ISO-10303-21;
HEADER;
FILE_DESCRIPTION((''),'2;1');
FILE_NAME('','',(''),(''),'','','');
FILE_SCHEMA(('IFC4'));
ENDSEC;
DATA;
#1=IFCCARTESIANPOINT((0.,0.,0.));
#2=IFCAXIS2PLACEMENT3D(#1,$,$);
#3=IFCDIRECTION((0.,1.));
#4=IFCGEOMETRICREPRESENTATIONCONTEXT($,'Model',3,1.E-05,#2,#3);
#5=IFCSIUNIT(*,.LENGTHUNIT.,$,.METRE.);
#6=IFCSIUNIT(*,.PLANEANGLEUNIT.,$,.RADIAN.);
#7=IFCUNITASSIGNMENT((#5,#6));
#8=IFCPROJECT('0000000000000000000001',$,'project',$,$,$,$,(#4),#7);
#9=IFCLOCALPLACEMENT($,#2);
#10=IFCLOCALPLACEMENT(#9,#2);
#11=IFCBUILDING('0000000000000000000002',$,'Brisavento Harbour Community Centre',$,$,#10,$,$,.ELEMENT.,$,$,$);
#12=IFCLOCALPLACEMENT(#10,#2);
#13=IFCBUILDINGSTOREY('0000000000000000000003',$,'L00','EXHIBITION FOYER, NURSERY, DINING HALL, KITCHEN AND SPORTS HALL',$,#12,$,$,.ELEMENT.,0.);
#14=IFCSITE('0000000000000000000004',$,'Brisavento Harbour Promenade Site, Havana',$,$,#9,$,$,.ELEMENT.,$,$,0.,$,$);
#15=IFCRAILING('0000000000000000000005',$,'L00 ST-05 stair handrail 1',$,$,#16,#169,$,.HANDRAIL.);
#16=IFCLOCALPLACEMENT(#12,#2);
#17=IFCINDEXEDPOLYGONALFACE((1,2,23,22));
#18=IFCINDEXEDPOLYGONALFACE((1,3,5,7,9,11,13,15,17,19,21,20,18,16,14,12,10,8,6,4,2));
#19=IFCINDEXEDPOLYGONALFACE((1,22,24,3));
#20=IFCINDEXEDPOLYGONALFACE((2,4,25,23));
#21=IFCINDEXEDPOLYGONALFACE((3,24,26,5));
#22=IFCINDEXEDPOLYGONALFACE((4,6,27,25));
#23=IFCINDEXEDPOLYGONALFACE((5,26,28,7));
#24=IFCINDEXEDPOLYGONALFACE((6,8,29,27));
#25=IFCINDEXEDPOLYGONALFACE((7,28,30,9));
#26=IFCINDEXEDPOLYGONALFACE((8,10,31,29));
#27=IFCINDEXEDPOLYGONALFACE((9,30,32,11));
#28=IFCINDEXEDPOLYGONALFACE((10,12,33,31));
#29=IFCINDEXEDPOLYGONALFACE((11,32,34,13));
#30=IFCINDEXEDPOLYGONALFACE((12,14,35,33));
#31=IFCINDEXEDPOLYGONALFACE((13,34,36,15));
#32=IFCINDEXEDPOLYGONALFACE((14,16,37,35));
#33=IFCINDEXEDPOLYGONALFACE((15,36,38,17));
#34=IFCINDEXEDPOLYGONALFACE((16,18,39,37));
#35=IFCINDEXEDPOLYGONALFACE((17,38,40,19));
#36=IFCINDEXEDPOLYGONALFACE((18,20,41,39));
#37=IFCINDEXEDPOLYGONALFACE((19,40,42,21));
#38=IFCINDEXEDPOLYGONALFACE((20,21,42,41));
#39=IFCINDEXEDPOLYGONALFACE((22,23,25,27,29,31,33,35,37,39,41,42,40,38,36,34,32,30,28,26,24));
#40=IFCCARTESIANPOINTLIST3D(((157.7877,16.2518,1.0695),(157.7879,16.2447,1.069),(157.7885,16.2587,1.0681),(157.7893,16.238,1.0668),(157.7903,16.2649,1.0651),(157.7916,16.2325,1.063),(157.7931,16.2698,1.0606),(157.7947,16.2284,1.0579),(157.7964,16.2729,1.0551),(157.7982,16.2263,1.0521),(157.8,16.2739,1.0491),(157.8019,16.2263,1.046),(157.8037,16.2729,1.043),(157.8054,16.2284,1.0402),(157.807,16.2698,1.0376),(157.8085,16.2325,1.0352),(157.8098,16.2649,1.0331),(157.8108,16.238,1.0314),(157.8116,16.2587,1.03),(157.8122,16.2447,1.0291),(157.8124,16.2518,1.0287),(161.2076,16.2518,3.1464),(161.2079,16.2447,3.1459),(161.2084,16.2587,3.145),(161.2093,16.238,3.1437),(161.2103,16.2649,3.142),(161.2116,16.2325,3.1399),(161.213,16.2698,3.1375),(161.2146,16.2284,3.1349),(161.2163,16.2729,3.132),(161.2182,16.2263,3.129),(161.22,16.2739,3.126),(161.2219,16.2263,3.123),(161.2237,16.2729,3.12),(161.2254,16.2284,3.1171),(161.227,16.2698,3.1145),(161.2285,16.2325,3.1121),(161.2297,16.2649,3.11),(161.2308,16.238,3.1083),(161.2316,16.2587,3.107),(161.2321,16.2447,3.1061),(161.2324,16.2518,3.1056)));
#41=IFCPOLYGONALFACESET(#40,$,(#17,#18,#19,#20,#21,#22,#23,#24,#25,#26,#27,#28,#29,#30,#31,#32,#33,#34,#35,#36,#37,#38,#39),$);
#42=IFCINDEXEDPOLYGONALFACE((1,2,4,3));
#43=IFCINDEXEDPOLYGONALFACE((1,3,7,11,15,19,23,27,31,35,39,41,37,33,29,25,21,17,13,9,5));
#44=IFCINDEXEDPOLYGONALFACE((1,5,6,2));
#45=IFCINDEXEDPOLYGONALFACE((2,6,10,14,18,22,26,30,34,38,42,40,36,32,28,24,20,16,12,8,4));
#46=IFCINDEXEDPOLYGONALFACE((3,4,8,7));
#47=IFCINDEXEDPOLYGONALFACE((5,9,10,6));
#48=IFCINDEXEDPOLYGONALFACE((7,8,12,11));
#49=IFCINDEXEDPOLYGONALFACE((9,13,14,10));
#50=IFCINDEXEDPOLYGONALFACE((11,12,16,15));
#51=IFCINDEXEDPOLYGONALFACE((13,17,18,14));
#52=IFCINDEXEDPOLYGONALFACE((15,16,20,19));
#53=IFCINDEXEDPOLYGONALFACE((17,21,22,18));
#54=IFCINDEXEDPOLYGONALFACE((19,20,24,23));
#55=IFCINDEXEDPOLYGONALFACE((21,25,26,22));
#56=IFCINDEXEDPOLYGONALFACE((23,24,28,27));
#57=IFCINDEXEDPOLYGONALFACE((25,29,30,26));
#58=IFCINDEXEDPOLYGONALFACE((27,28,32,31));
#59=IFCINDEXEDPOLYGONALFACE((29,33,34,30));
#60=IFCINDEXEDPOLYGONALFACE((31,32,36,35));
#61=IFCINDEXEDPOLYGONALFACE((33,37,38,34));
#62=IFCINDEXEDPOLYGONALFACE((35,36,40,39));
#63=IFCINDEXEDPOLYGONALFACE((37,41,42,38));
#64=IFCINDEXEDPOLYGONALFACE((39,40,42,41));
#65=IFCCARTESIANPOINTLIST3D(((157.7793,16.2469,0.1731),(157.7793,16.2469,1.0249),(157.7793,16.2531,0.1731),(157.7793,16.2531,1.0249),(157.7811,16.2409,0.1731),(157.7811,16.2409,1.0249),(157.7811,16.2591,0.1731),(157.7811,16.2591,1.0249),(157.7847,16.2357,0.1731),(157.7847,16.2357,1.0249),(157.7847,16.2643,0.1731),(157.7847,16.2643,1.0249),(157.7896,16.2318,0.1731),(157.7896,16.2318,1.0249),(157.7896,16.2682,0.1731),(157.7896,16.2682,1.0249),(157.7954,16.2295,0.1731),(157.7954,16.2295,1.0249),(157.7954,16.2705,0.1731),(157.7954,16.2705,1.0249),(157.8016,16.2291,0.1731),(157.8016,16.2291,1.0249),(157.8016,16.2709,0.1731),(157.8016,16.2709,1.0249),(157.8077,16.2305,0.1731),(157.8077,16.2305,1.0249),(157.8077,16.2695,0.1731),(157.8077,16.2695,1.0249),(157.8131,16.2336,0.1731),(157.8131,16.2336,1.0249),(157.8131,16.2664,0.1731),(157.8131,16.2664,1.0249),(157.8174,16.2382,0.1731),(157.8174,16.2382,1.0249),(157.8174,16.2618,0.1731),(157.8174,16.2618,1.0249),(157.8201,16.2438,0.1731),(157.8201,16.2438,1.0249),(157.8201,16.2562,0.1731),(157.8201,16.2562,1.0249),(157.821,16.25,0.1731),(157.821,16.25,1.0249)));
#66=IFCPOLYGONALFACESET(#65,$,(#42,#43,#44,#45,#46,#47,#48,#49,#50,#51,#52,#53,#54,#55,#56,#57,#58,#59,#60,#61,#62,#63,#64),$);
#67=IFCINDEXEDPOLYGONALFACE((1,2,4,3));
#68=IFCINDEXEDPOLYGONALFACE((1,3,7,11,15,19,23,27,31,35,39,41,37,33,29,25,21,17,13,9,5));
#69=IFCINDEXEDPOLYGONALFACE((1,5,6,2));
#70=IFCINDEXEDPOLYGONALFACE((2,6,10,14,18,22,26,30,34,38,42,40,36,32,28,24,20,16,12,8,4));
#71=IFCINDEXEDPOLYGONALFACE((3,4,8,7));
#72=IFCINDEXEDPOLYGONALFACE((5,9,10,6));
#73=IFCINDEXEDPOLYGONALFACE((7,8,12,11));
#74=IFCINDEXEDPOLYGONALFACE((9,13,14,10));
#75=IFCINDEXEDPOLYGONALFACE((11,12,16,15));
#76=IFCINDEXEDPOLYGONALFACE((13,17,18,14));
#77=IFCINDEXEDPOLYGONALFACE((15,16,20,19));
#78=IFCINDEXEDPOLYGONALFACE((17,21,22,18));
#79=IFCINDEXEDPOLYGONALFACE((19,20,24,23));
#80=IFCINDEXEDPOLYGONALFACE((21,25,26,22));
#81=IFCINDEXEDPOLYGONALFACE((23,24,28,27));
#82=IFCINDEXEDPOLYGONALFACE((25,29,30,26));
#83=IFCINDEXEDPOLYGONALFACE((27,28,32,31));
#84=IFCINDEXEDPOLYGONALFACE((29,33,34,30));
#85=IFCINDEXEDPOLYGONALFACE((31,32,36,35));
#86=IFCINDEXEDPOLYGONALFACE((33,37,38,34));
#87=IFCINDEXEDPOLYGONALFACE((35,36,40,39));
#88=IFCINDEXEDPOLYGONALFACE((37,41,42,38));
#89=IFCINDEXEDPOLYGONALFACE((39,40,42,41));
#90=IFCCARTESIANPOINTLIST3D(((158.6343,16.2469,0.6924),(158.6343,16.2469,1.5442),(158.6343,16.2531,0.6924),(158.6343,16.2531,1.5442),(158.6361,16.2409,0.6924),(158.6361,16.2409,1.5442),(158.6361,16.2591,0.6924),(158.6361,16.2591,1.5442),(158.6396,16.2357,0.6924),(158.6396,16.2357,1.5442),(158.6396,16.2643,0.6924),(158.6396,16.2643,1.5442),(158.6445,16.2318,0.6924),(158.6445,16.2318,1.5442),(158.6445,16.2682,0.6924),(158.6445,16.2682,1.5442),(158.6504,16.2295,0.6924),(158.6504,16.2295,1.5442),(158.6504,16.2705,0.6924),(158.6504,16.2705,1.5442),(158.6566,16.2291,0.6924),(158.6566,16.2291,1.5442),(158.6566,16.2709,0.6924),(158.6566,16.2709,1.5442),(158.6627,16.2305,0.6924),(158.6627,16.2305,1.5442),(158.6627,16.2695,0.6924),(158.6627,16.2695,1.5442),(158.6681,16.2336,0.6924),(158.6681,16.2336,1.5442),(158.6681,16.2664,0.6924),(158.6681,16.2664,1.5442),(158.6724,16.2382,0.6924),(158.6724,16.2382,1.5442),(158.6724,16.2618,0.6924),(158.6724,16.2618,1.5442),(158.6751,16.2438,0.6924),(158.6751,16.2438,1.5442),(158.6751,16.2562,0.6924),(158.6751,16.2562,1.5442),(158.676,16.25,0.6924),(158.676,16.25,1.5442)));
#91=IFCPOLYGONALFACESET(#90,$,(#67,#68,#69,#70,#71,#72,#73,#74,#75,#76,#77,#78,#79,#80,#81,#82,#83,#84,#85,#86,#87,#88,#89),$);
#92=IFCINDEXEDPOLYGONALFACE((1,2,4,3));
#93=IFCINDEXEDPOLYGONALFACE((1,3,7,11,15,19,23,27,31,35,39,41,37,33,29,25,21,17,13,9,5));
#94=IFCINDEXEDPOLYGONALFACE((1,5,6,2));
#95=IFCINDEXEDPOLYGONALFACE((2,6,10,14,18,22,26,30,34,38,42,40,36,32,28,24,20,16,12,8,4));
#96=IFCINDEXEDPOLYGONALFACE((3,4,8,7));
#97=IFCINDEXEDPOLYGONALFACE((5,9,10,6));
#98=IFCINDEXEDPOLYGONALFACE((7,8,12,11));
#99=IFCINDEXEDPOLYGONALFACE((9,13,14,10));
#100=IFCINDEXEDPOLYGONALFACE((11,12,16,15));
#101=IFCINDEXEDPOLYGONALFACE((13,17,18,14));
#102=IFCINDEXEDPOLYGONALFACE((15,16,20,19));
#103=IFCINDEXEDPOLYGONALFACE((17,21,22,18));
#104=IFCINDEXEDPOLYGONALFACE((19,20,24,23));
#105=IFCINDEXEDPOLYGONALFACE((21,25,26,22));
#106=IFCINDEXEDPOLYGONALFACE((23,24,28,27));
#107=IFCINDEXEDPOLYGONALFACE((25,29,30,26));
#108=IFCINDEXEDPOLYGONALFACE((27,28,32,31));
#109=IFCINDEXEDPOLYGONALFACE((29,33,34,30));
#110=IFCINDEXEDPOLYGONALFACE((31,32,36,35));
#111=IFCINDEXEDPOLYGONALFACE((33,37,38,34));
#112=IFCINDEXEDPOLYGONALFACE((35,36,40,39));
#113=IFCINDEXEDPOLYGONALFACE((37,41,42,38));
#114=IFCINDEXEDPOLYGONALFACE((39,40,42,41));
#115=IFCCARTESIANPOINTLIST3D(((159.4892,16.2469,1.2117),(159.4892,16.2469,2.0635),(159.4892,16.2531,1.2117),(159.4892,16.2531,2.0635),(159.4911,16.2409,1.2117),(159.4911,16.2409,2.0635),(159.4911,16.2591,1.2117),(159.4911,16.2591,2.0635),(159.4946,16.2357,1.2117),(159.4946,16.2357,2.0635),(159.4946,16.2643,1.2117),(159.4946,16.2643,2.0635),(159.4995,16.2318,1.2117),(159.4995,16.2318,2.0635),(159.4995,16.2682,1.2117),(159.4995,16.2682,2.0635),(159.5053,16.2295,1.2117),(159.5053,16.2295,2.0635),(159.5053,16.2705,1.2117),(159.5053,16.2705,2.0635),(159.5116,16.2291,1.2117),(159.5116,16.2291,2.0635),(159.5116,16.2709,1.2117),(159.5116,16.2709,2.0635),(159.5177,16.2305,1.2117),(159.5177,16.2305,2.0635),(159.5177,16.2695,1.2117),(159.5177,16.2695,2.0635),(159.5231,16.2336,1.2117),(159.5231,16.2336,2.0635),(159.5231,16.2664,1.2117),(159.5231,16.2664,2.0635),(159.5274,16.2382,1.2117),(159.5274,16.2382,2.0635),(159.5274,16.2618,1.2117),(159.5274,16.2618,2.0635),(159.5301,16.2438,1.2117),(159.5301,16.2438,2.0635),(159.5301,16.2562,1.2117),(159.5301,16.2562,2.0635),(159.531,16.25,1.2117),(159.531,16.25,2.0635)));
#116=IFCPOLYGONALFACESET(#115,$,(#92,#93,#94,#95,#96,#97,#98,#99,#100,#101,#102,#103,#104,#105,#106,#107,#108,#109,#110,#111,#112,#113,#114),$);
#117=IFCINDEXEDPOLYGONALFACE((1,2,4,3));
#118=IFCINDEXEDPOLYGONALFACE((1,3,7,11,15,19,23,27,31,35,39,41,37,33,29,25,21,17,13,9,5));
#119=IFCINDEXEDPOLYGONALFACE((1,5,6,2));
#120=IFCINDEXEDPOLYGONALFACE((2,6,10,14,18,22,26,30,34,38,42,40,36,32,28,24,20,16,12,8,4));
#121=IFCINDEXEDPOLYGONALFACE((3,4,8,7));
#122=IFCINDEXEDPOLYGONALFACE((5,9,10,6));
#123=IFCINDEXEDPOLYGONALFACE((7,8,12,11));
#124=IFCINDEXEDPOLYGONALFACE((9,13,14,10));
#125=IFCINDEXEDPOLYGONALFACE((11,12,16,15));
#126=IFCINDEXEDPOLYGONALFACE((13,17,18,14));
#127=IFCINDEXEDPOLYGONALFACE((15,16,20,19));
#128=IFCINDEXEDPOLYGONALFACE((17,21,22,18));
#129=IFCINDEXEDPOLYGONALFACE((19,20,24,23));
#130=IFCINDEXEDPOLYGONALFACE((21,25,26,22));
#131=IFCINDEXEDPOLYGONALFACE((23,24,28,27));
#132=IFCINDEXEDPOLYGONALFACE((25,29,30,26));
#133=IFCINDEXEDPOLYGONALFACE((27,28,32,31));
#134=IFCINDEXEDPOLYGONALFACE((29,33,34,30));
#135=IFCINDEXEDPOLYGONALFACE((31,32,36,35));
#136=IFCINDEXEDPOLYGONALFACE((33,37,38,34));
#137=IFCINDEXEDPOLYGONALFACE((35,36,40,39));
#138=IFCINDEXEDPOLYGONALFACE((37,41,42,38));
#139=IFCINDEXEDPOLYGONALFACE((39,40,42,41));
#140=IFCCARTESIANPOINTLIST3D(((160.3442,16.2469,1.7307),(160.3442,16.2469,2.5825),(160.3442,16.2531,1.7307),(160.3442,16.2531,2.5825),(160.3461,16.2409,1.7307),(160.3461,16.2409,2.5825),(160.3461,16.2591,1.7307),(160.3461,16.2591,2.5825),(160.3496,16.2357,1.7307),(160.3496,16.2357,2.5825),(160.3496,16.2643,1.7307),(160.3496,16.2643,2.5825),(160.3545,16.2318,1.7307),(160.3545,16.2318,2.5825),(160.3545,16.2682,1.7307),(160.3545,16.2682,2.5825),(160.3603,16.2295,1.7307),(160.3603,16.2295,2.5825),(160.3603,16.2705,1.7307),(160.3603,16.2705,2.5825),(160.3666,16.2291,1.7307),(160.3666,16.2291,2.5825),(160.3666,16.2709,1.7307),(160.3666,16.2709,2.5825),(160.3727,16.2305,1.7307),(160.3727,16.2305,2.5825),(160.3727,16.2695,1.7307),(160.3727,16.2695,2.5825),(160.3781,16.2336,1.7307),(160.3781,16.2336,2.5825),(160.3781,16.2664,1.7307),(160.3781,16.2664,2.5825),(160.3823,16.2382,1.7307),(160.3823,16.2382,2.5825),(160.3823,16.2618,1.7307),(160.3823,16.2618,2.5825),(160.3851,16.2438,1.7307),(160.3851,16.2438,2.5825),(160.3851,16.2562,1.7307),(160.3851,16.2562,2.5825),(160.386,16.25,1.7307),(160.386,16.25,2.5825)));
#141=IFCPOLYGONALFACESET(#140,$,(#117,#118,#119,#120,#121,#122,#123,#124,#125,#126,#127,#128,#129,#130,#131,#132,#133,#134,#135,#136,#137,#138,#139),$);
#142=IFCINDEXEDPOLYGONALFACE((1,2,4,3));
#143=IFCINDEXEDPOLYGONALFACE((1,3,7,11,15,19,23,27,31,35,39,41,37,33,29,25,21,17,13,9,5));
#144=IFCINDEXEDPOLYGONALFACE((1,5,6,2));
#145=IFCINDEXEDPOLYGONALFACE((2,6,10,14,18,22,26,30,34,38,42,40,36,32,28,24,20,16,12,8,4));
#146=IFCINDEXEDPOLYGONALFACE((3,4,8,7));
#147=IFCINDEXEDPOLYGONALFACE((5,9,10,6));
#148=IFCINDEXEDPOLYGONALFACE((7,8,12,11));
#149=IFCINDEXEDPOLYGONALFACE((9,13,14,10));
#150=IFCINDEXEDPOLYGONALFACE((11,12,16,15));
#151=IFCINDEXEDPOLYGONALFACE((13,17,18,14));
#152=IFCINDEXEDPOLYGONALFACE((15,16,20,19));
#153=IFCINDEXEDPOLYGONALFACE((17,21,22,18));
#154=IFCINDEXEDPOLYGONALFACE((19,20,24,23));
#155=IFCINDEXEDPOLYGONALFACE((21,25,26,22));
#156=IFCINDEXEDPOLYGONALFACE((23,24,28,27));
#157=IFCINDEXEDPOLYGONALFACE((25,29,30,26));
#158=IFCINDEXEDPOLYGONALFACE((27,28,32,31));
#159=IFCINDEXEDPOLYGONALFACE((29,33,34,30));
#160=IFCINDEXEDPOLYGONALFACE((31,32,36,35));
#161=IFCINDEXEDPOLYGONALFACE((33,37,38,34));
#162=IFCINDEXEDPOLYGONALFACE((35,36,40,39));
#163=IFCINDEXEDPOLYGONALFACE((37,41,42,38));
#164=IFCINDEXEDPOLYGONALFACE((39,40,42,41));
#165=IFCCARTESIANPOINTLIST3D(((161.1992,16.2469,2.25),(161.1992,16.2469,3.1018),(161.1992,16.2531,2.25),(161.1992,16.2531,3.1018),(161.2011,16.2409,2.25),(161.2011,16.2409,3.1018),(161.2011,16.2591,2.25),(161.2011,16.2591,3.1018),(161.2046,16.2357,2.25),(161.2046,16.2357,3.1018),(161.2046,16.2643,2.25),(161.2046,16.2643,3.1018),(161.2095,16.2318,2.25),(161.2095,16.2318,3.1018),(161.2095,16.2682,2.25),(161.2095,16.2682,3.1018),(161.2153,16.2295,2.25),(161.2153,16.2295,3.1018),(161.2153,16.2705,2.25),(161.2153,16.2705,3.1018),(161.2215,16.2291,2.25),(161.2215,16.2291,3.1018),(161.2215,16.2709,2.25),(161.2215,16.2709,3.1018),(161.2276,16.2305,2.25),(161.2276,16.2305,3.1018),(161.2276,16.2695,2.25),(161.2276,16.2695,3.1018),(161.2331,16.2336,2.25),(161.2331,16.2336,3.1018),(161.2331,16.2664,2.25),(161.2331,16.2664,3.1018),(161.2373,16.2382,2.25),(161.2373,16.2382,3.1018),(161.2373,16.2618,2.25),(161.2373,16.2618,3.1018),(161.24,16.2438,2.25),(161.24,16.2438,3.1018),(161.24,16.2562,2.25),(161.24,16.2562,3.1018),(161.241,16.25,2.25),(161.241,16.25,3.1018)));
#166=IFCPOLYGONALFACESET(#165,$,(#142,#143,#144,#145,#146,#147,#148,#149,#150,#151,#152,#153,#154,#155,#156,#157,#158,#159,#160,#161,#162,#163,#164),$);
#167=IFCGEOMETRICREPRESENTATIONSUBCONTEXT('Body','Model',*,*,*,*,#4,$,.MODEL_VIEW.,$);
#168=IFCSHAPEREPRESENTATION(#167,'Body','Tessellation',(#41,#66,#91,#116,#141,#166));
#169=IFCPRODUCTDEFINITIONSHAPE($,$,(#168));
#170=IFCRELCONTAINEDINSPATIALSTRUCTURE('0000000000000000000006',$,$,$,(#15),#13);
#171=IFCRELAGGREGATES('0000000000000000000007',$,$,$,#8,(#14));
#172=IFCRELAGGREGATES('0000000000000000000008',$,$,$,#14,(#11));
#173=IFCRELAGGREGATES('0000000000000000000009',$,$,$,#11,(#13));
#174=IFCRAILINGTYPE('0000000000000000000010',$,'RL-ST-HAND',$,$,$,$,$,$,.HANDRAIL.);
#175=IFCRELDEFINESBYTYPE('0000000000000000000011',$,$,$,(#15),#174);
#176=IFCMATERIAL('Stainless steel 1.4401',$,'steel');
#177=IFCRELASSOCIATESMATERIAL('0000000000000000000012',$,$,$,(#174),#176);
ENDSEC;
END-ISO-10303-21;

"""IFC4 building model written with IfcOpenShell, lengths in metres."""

from ifc_helpers import new_model, si_unit, direction, frame, origin, origin_2d, place, context, subcontext, project, spatial, circle, extrude, material, type_object, element, save


model = new_model("IFC4")

# Units and contexts
model_context = context("Model", 3, precision=1e-05, world=origin(), true_north=direction((0.0, 1.0)))
body_context = subcontext(model_context, "Body", "Model", "MODEL_VIEW")
ifc_project = project(units=[si_unit("LENGTHUNIT", "METRE"), si_unit("PLANEANGLEUNIT", "RADIAN")], contexts=[model_context])

# Site, building, storey
site_placement = place(None, origin())
site = spatial("IfcSite", under=ifc_project, at=site_placement, Name="Brisavento Harbour Promenade Site, Havana", CompositionType="ELEMENT", RefElevation=0.0)
building_placement = place(site_placement, origin())
building = spatial("IfcBuilding", under=site, at=building_placement, Name="Brisavento Harbour Community Centre", CompositionType="ELEMENT")
storey_placement = place(building_placement, origin())
storey = spatial("IfcBuildingStorey", under=building, at=storey_placement, Name="L00", Description="EXHIBITION FOYER, NURSERY, DINING HALL, KITCHEN AND SPORTS HALL", CompositionType="ELEMENT", Elevation=0.0)

# Railing
ifc_material_1 = material(Name="Stainless steel 1.4401", Category="steel")
railing_type_1 = type_object("IfcRailingType", Name="RL-ST-HAND", PredefinedType="HANDRAIL", material=ifc_material_1)
railing_1_placement = place(storey_placement, frame((157.8, 16.25, 0.1731)))
element("IfcRailing", 1, at=railing_1_placement, inside=storey, type_object=railing_type_1, Name="L00 ST-05 stair handrail 1", PredefinedType="HANDRAIL", context=body_context, shape_type="SweptSolid", body=[
    extrude(circle(Radius=0.0239, at=origin_2d()), frame((0.0, 0.0, 0.876), z_axis=(0.85473, 0.0, 0.519074), x_axis=(0.0, 1.0, 0.0)), (0.0, 0.0, 1.0), 4.0012),
    extrude(circle(Radius=0.021, at=origin_2d()), origin(), (0.0, 0.0, 1.0), 0.8518),
    extrude(circle(Radius=0.021, at=origin_2d()), frame((0.855, 0.0, 0.5193)), (0.0, 0.0, 1.0), 0.8518),
    extrude(circle(Radius=0.021, at=origin_2d()), frame((1.71, 0.0, 1.0386)), (0.0, 0.0, 1.0), 0.8518),
    extrude(circle(Radius=0.021, at=origin_2d()), frame((2.5649, 0.0, 1.5576)), (0.0, 0.0, 1.0), 0.8518),
    extrude(circle(Radius=0.021, at=origin_2d()), frame((3.4199, 0.0, 2.0769)), (0.0, 0.0, 1.0), 0.8518),
])

save(model, "model.ifc")
